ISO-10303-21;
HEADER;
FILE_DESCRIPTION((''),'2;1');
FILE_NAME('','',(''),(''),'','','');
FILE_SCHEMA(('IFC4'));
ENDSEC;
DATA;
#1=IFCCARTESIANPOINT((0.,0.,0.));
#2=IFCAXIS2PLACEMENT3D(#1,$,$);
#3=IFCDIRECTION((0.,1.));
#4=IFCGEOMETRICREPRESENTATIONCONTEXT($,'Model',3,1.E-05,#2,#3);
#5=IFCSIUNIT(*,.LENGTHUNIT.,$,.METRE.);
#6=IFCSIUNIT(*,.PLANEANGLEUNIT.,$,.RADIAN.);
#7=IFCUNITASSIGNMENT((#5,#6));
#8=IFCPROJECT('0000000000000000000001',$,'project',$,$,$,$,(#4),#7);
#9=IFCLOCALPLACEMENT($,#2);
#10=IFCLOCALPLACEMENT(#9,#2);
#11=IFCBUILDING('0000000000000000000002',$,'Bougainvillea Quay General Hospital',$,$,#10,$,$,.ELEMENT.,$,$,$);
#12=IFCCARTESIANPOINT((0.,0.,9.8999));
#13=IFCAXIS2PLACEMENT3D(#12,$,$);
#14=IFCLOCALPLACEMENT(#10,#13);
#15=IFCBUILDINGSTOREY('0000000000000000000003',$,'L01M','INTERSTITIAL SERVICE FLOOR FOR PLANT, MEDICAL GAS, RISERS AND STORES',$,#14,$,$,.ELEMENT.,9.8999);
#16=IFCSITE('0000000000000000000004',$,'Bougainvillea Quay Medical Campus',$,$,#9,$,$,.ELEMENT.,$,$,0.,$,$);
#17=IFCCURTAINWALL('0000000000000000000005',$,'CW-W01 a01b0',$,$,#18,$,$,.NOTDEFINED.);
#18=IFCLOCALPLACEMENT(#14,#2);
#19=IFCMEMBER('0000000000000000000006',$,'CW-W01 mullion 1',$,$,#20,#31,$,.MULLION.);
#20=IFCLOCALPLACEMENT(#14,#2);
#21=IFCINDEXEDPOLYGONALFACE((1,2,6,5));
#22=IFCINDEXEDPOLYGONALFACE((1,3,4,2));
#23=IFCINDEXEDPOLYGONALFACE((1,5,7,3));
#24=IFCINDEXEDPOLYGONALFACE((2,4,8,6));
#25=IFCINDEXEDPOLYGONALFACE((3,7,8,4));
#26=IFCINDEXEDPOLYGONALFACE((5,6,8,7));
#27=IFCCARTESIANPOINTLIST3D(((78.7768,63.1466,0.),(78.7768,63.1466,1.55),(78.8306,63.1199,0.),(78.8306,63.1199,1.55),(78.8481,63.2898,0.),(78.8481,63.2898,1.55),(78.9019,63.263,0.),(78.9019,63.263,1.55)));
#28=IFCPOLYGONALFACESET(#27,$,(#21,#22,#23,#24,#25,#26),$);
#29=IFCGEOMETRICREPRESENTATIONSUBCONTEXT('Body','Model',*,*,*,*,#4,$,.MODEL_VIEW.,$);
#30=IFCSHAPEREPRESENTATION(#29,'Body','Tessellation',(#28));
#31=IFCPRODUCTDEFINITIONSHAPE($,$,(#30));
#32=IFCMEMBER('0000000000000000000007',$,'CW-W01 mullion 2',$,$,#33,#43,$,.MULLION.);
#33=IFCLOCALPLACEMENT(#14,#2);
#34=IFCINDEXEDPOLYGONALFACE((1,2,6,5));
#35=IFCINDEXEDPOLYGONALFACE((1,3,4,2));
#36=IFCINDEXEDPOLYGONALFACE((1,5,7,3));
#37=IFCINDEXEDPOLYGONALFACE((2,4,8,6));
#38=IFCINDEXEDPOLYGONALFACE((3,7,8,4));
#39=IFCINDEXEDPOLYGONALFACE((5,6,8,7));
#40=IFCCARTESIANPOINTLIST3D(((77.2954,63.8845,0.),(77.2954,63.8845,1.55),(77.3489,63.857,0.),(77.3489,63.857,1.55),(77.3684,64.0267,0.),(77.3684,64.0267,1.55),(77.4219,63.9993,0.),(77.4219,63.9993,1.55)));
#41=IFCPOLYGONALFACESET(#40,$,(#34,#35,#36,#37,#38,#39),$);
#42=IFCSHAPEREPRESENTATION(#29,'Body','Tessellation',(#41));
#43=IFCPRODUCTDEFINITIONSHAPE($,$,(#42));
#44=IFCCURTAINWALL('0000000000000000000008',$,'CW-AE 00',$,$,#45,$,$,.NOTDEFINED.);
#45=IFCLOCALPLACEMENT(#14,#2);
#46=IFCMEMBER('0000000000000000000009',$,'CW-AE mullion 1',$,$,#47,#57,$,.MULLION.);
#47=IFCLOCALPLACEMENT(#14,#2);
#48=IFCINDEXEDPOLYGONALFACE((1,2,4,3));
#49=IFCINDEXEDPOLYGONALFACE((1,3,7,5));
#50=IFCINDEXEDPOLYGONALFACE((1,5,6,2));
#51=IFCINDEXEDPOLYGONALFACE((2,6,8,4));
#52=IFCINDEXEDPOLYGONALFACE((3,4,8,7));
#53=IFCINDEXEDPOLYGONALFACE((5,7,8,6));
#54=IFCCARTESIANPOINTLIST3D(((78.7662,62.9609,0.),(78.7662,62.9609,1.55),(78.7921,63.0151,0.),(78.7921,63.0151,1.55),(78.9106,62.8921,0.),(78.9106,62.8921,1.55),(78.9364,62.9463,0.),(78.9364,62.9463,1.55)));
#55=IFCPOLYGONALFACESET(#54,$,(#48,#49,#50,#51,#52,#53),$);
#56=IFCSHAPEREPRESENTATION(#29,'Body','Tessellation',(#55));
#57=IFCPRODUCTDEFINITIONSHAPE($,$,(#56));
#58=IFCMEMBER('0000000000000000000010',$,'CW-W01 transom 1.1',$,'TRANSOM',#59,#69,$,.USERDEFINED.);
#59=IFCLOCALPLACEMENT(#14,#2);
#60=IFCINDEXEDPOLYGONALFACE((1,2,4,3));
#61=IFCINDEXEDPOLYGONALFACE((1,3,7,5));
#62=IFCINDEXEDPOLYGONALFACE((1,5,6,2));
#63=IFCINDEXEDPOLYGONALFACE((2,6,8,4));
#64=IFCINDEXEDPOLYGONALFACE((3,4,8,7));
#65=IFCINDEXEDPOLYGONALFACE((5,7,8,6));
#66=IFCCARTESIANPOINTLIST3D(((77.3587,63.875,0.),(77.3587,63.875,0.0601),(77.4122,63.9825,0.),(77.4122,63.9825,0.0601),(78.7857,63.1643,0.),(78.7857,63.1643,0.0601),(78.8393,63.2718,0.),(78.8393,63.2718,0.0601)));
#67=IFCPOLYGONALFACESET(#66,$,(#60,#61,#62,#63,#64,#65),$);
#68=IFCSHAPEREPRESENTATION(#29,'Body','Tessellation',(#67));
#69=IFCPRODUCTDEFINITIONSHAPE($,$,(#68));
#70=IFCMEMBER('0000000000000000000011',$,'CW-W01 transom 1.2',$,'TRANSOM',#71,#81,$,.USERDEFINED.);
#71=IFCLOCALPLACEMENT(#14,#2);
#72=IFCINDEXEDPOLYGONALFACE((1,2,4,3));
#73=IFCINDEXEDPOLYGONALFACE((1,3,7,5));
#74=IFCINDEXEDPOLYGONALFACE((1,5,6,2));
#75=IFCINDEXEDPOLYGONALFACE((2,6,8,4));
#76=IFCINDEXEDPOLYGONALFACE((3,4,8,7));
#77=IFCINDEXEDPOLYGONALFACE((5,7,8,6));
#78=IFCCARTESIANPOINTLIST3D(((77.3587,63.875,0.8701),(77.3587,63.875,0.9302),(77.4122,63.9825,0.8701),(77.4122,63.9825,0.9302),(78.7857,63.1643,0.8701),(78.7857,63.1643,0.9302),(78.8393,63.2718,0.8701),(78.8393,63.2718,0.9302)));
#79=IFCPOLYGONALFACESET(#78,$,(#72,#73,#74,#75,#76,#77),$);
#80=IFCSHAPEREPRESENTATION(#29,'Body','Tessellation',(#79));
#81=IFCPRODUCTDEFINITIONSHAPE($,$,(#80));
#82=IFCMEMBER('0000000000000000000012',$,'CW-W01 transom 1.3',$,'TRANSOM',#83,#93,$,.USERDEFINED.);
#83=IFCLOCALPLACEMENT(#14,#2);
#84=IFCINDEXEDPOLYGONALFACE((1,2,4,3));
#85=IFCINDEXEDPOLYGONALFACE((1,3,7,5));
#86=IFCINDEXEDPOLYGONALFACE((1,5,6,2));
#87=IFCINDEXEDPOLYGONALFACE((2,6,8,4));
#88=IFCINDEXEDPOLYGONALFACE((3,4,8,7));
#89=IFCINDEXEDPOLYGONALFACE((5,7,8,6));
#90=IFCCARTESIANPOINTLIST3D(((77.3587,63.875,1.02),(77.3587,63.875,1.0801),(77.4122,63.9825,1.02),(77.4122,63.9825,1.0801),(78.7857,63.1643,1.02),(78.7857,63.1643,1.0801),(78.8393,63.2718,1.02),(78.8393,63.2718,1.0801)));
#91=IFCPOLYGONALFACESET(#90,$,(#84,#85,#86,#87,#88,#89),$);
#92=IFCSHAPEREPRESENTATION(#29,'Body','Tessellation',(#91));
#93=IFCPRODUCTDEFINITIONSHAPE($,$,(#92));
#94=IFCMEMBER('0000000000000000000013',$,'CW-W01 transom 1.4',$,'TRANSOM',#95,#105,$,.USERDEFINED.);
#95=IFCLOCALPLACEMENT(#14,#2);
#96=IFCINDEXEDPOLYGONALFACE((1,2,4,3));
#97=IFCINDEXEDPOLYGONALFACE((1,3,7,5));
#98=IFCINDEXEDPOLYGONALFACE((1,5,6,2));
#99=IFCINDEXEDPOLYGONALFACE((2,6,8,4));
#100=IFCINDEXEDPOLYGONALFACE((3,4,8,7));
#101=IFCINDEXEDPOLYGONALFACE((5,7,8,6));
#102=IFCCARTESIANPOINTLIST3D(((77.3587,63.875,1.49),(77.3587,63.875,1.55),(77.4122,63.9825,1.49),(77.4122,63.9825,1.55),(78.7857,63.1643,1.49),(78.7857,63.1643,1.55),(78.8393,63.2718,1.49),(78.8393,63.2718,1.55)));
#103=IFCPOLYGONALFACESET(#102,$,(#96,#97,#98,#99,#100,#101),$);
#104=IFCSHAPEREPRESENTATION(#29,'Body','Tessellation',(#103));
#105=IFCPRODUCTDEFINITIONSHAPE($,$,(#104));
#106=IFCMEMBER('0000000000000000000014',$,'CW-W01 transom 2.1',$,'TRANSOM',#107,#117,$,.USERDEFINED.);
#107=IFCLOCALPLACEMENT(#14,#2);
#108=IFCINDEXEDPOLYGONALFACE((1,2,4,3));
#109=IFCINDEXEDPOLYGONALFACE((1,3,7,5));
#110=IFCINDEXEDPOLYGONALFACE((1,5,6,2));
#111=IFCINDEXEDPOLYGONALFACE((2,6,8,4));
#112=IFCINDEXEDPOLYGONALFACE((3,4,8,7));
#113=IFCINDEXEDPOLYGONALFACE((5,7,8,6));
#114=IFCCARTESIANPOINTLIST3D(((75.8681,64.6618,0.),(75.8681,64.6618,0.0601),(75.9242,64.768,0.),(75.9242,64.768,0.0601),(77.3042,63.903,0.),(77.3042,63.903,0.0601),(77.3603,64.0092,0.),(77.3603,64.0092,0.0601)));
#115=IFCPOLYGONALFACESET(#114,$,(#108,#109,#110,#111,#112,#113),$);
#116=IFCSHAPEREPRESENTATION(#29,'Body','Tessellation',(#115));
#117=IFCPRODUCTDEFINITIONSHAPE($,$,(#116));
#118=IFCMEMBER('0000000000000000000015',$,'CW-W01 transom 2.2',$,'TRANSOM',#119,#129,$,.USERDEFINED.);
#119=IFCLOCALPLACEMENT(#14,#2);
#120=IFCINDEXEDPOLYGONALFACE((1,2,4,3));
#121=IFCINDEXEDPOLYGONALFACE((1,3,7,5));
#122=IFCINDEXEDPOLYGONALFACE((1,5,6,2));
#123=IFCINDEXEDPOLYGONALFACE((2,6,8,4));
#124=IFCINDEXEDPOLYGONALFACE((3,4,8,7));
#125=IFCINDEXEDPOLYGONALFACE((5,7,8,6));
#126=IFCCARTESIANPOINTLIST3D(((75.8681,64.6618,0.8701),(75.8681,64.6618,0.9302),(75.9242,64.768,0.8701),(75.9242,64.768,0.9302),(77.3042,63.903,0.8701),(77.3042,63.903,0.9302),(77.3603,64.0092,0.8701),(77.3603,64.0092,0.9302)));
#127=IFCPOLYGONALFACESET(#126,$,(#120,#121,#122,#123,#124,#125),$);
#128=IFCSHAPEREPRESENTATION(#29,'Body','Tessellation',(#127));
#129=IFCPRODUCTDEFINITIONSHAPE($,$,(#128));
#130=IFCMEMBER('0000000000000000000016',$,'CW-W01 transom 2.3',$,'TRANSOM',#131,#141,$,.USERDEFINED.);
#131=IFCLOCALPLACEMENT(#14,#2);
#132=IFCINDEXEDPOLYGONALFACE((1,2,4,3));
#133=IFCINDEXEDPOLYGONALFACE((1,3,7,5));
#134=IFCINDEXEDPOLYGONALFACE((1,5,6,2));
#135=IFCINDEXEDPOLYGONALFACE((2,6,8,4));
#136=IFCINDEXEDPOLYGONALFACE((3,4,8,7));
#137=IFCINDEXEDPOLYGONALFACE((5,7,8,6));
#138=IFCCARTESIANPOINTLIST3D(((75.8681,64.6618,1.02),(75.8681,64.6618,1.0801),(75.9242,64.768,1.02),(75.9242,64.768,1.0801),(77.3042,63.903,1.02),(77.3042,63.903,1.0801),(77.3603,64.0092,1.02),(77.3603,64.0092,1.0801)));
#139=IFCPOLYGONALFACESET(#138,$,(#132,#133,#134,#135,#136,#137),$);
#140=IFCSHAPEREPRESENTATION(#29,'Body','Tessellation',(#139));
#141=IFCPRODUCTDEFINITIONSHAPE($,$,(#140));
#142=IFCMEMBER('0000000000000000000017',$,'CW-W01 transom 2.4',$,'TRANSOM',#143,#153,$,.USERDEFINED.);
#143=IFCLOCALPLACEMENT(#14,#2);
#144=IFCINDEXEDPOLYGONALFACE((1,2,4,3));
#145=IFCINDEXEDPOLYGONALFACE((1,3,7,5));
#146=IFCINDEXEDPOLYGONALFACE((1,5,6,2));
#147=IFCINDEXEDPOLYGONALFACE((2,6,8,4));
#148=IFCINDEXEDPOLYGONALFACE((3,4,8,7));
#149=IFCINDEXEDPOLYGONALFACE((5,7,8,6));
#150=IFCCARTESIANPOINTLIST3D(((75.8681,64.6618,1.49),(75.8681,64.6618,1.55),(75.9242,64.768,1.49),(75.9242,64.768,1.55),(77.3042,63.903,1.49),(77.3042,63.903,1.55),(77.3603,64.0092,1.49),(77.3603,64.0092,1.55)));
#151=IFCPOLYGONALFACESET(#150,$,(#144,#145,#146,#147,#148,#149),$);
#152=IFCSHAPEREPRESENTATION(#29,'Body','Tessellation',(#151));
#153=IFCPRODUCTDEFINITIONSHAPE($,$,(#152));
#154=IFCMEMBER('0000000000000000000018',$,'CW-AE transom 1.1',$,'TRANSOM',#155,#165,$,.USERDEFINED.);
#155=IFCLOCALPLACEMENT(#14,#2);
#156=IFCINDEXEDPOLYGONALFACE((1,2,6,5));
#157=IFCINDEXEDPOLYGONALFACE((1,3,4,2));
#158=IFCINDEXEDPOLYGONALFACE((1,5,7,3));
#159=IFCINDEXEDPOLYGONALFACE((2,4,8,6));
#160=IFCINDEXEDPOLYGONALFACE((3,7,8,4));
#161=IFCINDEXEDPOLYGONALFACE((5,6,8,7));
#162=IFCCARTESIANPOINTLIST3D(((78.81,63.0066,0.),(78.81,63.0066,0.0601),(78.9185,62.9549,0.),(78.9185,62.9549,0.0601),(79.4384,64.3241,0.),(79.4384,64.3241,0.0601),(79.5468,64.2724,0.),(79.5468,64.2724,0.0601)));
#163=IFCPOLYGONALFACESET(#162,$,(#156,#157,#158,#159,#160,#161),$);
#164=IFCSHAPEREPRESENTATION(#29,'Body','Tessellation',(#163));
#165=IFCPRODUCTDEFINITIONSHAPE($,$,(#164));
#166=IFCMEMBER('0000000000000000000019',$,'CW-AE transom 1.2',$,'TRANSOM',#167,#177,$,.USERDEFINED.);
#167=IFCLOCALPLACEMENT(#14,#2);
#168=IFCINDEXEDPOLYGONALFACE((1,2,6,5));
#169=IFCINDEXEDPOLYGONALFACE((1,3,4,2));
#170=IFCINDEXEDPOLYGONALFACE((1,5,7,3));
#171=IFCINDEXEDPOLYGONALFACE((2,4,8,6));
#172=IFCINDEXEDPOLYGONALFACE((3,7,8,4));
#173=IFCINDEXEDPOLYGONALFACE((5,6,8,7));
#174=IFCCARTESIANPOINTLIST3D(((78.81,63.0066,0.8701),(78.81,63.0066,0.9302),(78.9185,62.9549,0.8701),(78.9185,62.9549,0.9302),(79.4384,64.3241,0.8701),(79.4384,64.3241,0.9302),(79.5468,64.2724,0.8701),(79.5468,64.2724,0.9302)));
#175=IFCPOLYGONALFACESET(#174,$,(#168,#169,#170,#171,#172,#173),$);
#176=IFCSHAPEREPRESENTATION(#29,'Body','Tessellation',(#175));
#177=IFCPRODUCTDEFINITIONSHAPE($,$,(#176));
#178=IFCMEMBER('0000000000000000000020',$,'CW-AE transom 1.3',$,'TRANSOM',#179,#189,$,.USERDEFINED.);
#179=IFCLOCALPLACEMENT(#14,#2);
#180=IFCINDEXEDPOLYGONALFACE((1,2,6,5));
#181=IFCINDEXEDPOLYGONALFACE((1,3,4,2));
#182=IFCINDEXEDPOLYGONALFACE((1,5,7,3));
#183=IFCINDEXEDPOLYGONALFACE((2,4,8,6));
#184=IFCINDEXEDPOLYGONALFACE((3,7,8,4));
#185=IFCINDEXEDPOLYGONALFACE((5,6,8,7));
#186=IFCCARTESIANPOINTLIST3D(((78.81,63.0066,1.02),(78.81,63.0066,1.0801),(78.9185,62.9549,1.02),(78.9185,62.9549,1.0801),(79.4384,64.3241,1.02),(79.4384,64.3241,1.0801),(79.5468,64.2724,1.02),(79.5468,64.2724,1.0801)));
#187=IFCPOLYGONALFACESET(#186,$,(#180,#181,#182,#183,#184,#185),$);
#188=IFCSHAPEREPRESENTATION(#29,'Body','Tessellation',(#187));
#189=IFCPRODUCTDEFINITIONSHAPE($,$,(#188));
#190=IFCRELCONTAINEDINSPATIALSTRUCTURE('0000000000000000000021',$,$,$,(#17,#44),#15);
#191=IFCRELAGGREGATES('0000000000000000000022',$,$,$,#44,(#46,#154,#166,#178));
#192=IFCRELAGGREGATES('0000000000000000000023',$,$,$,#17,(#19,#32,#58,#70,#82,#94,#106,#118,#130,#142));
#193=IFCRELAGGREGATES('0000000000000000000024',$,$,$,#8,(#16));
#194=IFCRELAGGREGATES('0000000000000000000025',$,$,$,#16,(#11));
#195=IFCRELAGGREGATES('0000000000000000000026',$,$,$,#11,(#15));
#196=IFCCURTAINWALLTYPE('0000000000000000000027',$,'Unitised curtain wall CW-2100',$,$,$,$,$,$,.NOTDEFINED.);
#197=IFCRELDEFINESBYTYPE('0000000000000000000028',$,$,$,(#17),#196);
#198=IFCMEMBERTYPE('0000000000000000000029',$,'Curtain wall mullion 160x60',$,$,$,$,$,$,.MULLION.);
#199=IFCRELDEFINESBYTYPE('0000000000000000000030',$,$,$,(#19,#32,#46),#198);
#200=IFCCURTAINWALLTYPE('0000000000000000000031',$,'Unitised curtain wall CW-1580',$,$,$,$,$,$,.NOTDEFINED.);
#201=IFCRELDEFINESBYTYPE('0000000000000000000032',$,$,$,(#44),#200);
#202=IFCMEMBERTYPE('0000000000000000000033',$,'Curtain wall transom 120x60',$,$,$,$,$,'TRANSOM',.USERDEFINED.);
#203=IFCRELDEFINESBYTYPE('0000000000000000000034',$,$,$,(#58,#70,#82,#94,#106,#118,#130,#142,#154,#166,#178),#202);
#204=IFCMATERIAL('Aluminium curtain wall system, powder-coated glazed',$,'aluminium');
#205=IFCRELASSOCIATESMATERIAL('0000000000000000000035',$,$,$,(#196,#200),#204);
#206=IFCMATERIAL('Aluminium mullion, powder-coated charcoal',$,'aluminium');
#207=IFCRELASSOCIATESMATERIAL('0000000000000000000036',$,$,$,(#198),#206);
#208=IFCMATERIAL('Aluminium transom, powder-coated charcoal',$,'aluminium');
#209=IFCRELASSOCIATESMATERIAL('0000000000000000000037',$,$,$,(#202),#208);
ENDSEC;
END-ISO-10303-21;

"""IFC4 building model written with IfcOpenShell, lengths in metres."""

from ifc_helpers import new_model, si_unit, direction, frame, origin, origin_2d, place, context, subcontext, project, spatial, rectangle, extrude, material, material_profile, profile_set, type_object, element, aggregate, save


model = new_model("IFC4")

# Units and contexts
model_context = context("Model", 3, precision=1e-05, world=origin(), true_north=direction((0.0, 1.0)))
body_context = subcontext(model_context, "Body", "Model", "MODEL_VIEW")
ifc_project = project(units=[si_unit("LENGTHUNIT", "METRE"), si_unit("PLANEANGLEUNIT", "RADIAN")], contexts=[model_context])

# Site, building, storey
site_placement = place(None, origin())
site = spatial("IfcSite", under=ifc_project, at=site_placement, Name="Bougainvillea Quay Medical Campus", CompositionType="ELEMENT", RefElevation=0.0)
building_placement = place(site_placement, origin())
building = spatial("IfcBuilding", under=site, at=building_placement, Name="Bougainvillea Quay General Hospital", CompositionType="ELEMENT")
storey_placement = place(building_placement, frame((0.0, 0.0, 9.8999)))
storey = spatial("IfcBuildingStorey", under=building, at=storey_placement, Name="L01M", Description="INTERSTITIAL SERVICE FLOOR FOR PLANT, MEDICAL GAS, RISERS AND STORES", CompositionType="ELEMENT", Elevation=9.8999)

# Curtain wall, members
ifc_material_1 = material(Name="Aluminium curtain wall system, powder-coated glazed", Category="aluminium")
curtain_wall_type_1 = type_object("IfcCurtainWallType", Name="Unitised curtain wall CW-2100", PredefinedType="NOTDEFINED", material=ifc_material_1)
curtain_wall_1_placement = place(storey_placement, origin())
curtain_wall_1 = element("IfcCurtainWall", 1, at=curtain_wall_1_placement, inside=storey, type_object=curtain_wall_type_1, Name="CW-W01 a01b0", PredefinedType="NOTDEFINED")
ifc_material_2 = material(Name="Aluminium mullion, powder-coated charcoal", Category="aluminium")
ifc_material_profile_1 = material_profile(ifc_material_2, rectangle(XDim=0.1599, YDim=0.0601, at=origin_2d()))
ifc_profile_set_1 = profile_set([ifc_material_profile_1], Name="Aluminium mullion, powder-coated charcoal")
member_type_1 = type_object("IfcMemberType", Name="Curtain wall mullion 160x60", PredefinedType="MULLION", material=ifc_profile_set_1)
member_1_placement = place(storey_placement, frame((78.8394, 63.2048, 0.0), z_axis=(0.0, 0.0, 1.0), x_axis=(-0.445731, -0.895167, 0.0)))
member_1 = element("IfcMember", 2, at=member_1_placement, type_object=member_type_1, Name="CW-W01 mullion 1", PredefinedType="MULLION", context=body_context, shape_type="SweptSolid", body=[
    extrude(rectangle(XDim=0.1599, YDim=0.0601, at=origin_2d()), origin(), (0.0, 0.0, 1.0), 1.55),
])
member_2_placement = place(storey_placement, frame((77.3586, 63.9419, 0.0), z_axis=(0.0, 0.0, 1.0), x_axis=(-0.456505, -0.889721, 0.0)))
member_2 = element("IfcMember", 3, at=member_2_placement, type_object=member_type_1, Name="CW-W01 mullion 2", PredefinedType="MULLION", context=body_context, shape_type="SweptSolid", body=[
    extrude(rectangle(XDim=0.1599, YDim=0.0601, at=origin_2d()), origin(), (0.0, 0.0, 1.0), 1.55),
])

# Curtain wall, member
curtain_wall_type_2 = type_object("IfcCurtainWallType", Name="Unitised curtain wall CW-1580", PredefinedType="NOTDEFINED", material=ifc_material_1)
curtain_wall_2_placement = place(storey_placement, origin())
curtain_wall_2 = element("IfcCurtainWall", 4, at=curtain_wall_2_placement, inside=storey, type_object=curtain_wall_type_2, Name="CW-AE 00", PredefinedType="NOTDEFINED")
member_3_placement = place(storey_placement, frame((78.8513, 62.9536, 0.0), z_axis=(0.0, 0.0, 1.0), x_axis=(-0.902578, 0.430525, 0.0)))
member_3 = element("IfcMember", 5, at=member_3_placement, type_object=member_type_1, Name="CW-AE mullion 1", PredefinedType="MULLION", context=body_context, shape_type="SweptSolid", body=[
    extrude(rectangle(XDim=0.1599, YDim=0.0601, at=origin_2d()), origin(), (0.0, 0.0, 1.0), 1.55),
])

# Members
ifc_material_3 = material(Name="Aluminium transom, powder-coated charcoal", Category="aluminium")
ifc_material_profile_2 = material_profile(ifc_material_3, rectangle(XDim=0.1201, YDim=0.0601, at=origin_2d()))
ifc_profile_set_2 = profile_set([ifc_material_profile_2], Name="Aluminium transom, powder-coated charcoal")
member_type_2 = type_object("IfcMemberType", Name="Curtain wall transom 120x60", ElementType="TRANSOM", PredefinedType="USERDEFINED", material=ifc_profile_set_2)
member_4_placement = place(storey_placement, frame((78.8125, 63.218, 0.03), z_axis=(-0.895131, 0.445804, 0.0), x_axis=(-0.445804, -0.895131, 0.0)))
member_4 = element("IfcMember", 6, at=member_4_placement, type_object=member_type_2, Name="CW-W01 transom 1.1", ObjectType="TRANSOM", PredefinedType="USERDEFINED", context=body_context, shape_type="SweptSolid", body=[
    extrude(rectangle(XDim=0.1201, YDim=0.0601, at=origin_2d()), origin(), (0.0, 0.0, 1.0), 1.5942),
])
member_5_placement = place(storey_placement, frame((78.8125, 63.218, 0.9001), z_axis=(-0.895131, 0.445804, 0.0), x_axis=(-0.445804, -0.895131, 0.0)))
member_5 = element("IfcMember", 7, at=member_5_placement, type_object=member_type_2, Name="CW-W01 transom 1.2", ObjectType="TRANSOM", PredefinedType="USERDEFINED", context=body_context, shape_type="SweptSolid", body=[
    extrude(rectangle(XDim=0.1201, YDim=0.0601, at=origin_2d()), origin(), (0.0, 0.0, 1.0), 1.5942),
])
member_6_placement = place(storey_placement, frame((78.8125, 63.218, 1.05), z_axis=(-0.895131, 0.445804, 0.0), x_axis=(-0.445804, -0.895131, 0.0)))
member_6 = element("IfcMember", 8, at=member_6_placement, type_object=member_type_2, Name="CW-W01 transom 1.3", ObjectType="TRANSOM", PredefinedType="USERDEFINED", context=body_context, shape_type="SweptSolid", body=[
    extrude(rectangle(XDim=0.1201, YDim=0.0601, at=origin_2d()), origin(), (0.0, 0.0, 1.0), 1.5942),
])
member_7_placement = place(storey_placement, frame((78.8125, 63.218, 1.52), z_axis=(-0.895131, 0.445804, 0.0), x_axis=(-0.445804, -0.895131, 0.0)))
member_7 = element("IfcMember", 9, at=member_7_placement, type_object=member_type_2, Name="CW-W01 transom 1.4", ObjectType="TRANSOM", PredefinedType="USERDEFINED", context=body_context, shape_type="SweptSolid", body=[
    extrude(rectangle(XDim=0.1201, YDim=0.0601, at=origin_2d()), origin(), (0.0, 0.0, 1.0), 1.5942),
])
member_8_placement = place(storey_placement, frame((77.3323, 63.9561, 0.03), z_axis=(-0.884161, 0.467183, 0.0), x_axis=(-0.467183, -0.884161, 0.0)))
member_8 = element("IfcMember", 10, at=member_8_placement, type_object=member_type_2, Name="CW-W01 transom 2.1", ObjectType="TRANSOM", PredefinedType="USERDEFINED", context=body_context, shape_type="SweptSolid", body=[
    extrude(rectangle(XDim=0.1201, YDim=0.0601, at=origin_2d()), origin(), (0.0, 0.0, 1.0), 1.6243),
])
member_9_placement = place(storey_placement, frame((77.3323, 63.9561, 0.9001), z_axis=(-0.884161, 0.467183, 0.0), x_axis=(-0.467183, -0.884161, 0.0)))
member_9 = element("IfcMember", 11, at=member_9_placement, type_object=member_type_2, Name="CW-W01 transom 2.2", ObjectType="TRANSOM", PredefinedType="USERDEFINED", context=body_context, shape_type="SweptSolid", body=[
    extrude(rectangle(XDim=0.1201, YDim=0.0601, at=origin_2d()), origin(), (0.0, 0.0, 1.0), 1.6243),
])
member_10_placement = place(storey_placement, frame((77.3323, 63.9561, 1.05), z_axis=(-0.884161, 0.467183, 0.0), x_axis=(-0.467183, -0.884161, 0.0)))
member_10 = element("IfcMember", 12, at=member_10_placement, type_object=member_type_2, Name="CW-W01 transom 2.3", ObjectType="TRANSOM", PredefinedType="USERDEFINED", context=body_context, shape_type="SweptSolid", body=[
    extrude(rectangle(XDim=0.1201, YDim=0.0601, at=origin_2d()), origin(), (0.0, 0.0, 1.0), 1.6243),
])
member_11_placement = place(storey_placement, frame((77.3323, 63.9561, 1.52), z_axis=(-0.884161, 0.467183, 0.0), x_axis=(-0.467183, -0.884161, 0.0)))
member_11 = element("IfcMember", 13, at=member_11_placement, type_object=member_type_2, Name="CW-W01 transom 2.4", ObjectType="TRANSOM", PredefinedType="USERDEFINED", context=body_context, shape_type="SweptSolid", body=[
    extrude(rectangle(XDim=0.1201, YDim=0.0601, at=origin_2d()), origin(), (0.0, 0.0, 1.0), 1.6243),
])
member_12_placement = place(storey_placement, frame((78.8643, 62.9807, 0.03), z_axis=(0.430479, 0.902601, 0.0), x_axis=(-0.902601, 0.430479, 0.0)))
member_12 = element("IfcMember", 14, at=member_12_placement, type_object=member_type_2, Name="CW-AE transom 1.1", ObjectType="TRANSOM", PredefinedType="USERDEFINED", context=body_context, shape_type="SweptSolid", body=[
    extrude(rectangle(XDim=0.1201, YDim=0.0601, at=origin_2d()), origin(), (0.0, 0.0, 1.0), 1.4597),
])
member_13_placement = place(storey_placement, frame((78.8643, 62.9807, 0.9001), z_axis=(0.430479, 0.902601, 0.0), x_axis=(-0.902601, 0.430479, 0.0)))
member_13 = element("IfcMember", 15, at=member_13_placement, type_object=member_type_2, Name="CW-AE transom 1.2", ObjectType="TRANSOM", PredefinedType="USERDEFINED", context=body_context, shape_type="SweptSolid", body=[
    extrude(rectangle(XDim=0.1201, YDim=0.0601, at=origin_2d()), origin(), (0.0, 0.0, 1.0), 1.4597),
])
member_14_placement = place(storey_placement, frame((78.8643, 62.9807, 1.05), z_axis=(0.430479, 0.902601, 0.0), x_axis=(-0.902601, 0.430479, 0.0)))
member_14 = element("IfcMember", 16, at=member_14_placement, type_object=member_type_2, Name="CW-AE transom 1.3", ObjectType="TRANSOM", PredefinedType="USERDEFINED", context=body_context, shape_type="SweptSolid", body=[
    extrude(rectangle(XDim=0.1201, YDim=0.0601, at=origin_2d()), origin(), (0.0, 0.0, 1.0), 1.4597),
])
aggregate(curtain_wall_2, [member_3, member_12, member_13, member_14])

aggregate(curtain_wall_1, [member_1, member_2, member_4, member_5, member_6, member_7, member_8, member_9, member_10, member_11])

save(model, "model.ifc")
